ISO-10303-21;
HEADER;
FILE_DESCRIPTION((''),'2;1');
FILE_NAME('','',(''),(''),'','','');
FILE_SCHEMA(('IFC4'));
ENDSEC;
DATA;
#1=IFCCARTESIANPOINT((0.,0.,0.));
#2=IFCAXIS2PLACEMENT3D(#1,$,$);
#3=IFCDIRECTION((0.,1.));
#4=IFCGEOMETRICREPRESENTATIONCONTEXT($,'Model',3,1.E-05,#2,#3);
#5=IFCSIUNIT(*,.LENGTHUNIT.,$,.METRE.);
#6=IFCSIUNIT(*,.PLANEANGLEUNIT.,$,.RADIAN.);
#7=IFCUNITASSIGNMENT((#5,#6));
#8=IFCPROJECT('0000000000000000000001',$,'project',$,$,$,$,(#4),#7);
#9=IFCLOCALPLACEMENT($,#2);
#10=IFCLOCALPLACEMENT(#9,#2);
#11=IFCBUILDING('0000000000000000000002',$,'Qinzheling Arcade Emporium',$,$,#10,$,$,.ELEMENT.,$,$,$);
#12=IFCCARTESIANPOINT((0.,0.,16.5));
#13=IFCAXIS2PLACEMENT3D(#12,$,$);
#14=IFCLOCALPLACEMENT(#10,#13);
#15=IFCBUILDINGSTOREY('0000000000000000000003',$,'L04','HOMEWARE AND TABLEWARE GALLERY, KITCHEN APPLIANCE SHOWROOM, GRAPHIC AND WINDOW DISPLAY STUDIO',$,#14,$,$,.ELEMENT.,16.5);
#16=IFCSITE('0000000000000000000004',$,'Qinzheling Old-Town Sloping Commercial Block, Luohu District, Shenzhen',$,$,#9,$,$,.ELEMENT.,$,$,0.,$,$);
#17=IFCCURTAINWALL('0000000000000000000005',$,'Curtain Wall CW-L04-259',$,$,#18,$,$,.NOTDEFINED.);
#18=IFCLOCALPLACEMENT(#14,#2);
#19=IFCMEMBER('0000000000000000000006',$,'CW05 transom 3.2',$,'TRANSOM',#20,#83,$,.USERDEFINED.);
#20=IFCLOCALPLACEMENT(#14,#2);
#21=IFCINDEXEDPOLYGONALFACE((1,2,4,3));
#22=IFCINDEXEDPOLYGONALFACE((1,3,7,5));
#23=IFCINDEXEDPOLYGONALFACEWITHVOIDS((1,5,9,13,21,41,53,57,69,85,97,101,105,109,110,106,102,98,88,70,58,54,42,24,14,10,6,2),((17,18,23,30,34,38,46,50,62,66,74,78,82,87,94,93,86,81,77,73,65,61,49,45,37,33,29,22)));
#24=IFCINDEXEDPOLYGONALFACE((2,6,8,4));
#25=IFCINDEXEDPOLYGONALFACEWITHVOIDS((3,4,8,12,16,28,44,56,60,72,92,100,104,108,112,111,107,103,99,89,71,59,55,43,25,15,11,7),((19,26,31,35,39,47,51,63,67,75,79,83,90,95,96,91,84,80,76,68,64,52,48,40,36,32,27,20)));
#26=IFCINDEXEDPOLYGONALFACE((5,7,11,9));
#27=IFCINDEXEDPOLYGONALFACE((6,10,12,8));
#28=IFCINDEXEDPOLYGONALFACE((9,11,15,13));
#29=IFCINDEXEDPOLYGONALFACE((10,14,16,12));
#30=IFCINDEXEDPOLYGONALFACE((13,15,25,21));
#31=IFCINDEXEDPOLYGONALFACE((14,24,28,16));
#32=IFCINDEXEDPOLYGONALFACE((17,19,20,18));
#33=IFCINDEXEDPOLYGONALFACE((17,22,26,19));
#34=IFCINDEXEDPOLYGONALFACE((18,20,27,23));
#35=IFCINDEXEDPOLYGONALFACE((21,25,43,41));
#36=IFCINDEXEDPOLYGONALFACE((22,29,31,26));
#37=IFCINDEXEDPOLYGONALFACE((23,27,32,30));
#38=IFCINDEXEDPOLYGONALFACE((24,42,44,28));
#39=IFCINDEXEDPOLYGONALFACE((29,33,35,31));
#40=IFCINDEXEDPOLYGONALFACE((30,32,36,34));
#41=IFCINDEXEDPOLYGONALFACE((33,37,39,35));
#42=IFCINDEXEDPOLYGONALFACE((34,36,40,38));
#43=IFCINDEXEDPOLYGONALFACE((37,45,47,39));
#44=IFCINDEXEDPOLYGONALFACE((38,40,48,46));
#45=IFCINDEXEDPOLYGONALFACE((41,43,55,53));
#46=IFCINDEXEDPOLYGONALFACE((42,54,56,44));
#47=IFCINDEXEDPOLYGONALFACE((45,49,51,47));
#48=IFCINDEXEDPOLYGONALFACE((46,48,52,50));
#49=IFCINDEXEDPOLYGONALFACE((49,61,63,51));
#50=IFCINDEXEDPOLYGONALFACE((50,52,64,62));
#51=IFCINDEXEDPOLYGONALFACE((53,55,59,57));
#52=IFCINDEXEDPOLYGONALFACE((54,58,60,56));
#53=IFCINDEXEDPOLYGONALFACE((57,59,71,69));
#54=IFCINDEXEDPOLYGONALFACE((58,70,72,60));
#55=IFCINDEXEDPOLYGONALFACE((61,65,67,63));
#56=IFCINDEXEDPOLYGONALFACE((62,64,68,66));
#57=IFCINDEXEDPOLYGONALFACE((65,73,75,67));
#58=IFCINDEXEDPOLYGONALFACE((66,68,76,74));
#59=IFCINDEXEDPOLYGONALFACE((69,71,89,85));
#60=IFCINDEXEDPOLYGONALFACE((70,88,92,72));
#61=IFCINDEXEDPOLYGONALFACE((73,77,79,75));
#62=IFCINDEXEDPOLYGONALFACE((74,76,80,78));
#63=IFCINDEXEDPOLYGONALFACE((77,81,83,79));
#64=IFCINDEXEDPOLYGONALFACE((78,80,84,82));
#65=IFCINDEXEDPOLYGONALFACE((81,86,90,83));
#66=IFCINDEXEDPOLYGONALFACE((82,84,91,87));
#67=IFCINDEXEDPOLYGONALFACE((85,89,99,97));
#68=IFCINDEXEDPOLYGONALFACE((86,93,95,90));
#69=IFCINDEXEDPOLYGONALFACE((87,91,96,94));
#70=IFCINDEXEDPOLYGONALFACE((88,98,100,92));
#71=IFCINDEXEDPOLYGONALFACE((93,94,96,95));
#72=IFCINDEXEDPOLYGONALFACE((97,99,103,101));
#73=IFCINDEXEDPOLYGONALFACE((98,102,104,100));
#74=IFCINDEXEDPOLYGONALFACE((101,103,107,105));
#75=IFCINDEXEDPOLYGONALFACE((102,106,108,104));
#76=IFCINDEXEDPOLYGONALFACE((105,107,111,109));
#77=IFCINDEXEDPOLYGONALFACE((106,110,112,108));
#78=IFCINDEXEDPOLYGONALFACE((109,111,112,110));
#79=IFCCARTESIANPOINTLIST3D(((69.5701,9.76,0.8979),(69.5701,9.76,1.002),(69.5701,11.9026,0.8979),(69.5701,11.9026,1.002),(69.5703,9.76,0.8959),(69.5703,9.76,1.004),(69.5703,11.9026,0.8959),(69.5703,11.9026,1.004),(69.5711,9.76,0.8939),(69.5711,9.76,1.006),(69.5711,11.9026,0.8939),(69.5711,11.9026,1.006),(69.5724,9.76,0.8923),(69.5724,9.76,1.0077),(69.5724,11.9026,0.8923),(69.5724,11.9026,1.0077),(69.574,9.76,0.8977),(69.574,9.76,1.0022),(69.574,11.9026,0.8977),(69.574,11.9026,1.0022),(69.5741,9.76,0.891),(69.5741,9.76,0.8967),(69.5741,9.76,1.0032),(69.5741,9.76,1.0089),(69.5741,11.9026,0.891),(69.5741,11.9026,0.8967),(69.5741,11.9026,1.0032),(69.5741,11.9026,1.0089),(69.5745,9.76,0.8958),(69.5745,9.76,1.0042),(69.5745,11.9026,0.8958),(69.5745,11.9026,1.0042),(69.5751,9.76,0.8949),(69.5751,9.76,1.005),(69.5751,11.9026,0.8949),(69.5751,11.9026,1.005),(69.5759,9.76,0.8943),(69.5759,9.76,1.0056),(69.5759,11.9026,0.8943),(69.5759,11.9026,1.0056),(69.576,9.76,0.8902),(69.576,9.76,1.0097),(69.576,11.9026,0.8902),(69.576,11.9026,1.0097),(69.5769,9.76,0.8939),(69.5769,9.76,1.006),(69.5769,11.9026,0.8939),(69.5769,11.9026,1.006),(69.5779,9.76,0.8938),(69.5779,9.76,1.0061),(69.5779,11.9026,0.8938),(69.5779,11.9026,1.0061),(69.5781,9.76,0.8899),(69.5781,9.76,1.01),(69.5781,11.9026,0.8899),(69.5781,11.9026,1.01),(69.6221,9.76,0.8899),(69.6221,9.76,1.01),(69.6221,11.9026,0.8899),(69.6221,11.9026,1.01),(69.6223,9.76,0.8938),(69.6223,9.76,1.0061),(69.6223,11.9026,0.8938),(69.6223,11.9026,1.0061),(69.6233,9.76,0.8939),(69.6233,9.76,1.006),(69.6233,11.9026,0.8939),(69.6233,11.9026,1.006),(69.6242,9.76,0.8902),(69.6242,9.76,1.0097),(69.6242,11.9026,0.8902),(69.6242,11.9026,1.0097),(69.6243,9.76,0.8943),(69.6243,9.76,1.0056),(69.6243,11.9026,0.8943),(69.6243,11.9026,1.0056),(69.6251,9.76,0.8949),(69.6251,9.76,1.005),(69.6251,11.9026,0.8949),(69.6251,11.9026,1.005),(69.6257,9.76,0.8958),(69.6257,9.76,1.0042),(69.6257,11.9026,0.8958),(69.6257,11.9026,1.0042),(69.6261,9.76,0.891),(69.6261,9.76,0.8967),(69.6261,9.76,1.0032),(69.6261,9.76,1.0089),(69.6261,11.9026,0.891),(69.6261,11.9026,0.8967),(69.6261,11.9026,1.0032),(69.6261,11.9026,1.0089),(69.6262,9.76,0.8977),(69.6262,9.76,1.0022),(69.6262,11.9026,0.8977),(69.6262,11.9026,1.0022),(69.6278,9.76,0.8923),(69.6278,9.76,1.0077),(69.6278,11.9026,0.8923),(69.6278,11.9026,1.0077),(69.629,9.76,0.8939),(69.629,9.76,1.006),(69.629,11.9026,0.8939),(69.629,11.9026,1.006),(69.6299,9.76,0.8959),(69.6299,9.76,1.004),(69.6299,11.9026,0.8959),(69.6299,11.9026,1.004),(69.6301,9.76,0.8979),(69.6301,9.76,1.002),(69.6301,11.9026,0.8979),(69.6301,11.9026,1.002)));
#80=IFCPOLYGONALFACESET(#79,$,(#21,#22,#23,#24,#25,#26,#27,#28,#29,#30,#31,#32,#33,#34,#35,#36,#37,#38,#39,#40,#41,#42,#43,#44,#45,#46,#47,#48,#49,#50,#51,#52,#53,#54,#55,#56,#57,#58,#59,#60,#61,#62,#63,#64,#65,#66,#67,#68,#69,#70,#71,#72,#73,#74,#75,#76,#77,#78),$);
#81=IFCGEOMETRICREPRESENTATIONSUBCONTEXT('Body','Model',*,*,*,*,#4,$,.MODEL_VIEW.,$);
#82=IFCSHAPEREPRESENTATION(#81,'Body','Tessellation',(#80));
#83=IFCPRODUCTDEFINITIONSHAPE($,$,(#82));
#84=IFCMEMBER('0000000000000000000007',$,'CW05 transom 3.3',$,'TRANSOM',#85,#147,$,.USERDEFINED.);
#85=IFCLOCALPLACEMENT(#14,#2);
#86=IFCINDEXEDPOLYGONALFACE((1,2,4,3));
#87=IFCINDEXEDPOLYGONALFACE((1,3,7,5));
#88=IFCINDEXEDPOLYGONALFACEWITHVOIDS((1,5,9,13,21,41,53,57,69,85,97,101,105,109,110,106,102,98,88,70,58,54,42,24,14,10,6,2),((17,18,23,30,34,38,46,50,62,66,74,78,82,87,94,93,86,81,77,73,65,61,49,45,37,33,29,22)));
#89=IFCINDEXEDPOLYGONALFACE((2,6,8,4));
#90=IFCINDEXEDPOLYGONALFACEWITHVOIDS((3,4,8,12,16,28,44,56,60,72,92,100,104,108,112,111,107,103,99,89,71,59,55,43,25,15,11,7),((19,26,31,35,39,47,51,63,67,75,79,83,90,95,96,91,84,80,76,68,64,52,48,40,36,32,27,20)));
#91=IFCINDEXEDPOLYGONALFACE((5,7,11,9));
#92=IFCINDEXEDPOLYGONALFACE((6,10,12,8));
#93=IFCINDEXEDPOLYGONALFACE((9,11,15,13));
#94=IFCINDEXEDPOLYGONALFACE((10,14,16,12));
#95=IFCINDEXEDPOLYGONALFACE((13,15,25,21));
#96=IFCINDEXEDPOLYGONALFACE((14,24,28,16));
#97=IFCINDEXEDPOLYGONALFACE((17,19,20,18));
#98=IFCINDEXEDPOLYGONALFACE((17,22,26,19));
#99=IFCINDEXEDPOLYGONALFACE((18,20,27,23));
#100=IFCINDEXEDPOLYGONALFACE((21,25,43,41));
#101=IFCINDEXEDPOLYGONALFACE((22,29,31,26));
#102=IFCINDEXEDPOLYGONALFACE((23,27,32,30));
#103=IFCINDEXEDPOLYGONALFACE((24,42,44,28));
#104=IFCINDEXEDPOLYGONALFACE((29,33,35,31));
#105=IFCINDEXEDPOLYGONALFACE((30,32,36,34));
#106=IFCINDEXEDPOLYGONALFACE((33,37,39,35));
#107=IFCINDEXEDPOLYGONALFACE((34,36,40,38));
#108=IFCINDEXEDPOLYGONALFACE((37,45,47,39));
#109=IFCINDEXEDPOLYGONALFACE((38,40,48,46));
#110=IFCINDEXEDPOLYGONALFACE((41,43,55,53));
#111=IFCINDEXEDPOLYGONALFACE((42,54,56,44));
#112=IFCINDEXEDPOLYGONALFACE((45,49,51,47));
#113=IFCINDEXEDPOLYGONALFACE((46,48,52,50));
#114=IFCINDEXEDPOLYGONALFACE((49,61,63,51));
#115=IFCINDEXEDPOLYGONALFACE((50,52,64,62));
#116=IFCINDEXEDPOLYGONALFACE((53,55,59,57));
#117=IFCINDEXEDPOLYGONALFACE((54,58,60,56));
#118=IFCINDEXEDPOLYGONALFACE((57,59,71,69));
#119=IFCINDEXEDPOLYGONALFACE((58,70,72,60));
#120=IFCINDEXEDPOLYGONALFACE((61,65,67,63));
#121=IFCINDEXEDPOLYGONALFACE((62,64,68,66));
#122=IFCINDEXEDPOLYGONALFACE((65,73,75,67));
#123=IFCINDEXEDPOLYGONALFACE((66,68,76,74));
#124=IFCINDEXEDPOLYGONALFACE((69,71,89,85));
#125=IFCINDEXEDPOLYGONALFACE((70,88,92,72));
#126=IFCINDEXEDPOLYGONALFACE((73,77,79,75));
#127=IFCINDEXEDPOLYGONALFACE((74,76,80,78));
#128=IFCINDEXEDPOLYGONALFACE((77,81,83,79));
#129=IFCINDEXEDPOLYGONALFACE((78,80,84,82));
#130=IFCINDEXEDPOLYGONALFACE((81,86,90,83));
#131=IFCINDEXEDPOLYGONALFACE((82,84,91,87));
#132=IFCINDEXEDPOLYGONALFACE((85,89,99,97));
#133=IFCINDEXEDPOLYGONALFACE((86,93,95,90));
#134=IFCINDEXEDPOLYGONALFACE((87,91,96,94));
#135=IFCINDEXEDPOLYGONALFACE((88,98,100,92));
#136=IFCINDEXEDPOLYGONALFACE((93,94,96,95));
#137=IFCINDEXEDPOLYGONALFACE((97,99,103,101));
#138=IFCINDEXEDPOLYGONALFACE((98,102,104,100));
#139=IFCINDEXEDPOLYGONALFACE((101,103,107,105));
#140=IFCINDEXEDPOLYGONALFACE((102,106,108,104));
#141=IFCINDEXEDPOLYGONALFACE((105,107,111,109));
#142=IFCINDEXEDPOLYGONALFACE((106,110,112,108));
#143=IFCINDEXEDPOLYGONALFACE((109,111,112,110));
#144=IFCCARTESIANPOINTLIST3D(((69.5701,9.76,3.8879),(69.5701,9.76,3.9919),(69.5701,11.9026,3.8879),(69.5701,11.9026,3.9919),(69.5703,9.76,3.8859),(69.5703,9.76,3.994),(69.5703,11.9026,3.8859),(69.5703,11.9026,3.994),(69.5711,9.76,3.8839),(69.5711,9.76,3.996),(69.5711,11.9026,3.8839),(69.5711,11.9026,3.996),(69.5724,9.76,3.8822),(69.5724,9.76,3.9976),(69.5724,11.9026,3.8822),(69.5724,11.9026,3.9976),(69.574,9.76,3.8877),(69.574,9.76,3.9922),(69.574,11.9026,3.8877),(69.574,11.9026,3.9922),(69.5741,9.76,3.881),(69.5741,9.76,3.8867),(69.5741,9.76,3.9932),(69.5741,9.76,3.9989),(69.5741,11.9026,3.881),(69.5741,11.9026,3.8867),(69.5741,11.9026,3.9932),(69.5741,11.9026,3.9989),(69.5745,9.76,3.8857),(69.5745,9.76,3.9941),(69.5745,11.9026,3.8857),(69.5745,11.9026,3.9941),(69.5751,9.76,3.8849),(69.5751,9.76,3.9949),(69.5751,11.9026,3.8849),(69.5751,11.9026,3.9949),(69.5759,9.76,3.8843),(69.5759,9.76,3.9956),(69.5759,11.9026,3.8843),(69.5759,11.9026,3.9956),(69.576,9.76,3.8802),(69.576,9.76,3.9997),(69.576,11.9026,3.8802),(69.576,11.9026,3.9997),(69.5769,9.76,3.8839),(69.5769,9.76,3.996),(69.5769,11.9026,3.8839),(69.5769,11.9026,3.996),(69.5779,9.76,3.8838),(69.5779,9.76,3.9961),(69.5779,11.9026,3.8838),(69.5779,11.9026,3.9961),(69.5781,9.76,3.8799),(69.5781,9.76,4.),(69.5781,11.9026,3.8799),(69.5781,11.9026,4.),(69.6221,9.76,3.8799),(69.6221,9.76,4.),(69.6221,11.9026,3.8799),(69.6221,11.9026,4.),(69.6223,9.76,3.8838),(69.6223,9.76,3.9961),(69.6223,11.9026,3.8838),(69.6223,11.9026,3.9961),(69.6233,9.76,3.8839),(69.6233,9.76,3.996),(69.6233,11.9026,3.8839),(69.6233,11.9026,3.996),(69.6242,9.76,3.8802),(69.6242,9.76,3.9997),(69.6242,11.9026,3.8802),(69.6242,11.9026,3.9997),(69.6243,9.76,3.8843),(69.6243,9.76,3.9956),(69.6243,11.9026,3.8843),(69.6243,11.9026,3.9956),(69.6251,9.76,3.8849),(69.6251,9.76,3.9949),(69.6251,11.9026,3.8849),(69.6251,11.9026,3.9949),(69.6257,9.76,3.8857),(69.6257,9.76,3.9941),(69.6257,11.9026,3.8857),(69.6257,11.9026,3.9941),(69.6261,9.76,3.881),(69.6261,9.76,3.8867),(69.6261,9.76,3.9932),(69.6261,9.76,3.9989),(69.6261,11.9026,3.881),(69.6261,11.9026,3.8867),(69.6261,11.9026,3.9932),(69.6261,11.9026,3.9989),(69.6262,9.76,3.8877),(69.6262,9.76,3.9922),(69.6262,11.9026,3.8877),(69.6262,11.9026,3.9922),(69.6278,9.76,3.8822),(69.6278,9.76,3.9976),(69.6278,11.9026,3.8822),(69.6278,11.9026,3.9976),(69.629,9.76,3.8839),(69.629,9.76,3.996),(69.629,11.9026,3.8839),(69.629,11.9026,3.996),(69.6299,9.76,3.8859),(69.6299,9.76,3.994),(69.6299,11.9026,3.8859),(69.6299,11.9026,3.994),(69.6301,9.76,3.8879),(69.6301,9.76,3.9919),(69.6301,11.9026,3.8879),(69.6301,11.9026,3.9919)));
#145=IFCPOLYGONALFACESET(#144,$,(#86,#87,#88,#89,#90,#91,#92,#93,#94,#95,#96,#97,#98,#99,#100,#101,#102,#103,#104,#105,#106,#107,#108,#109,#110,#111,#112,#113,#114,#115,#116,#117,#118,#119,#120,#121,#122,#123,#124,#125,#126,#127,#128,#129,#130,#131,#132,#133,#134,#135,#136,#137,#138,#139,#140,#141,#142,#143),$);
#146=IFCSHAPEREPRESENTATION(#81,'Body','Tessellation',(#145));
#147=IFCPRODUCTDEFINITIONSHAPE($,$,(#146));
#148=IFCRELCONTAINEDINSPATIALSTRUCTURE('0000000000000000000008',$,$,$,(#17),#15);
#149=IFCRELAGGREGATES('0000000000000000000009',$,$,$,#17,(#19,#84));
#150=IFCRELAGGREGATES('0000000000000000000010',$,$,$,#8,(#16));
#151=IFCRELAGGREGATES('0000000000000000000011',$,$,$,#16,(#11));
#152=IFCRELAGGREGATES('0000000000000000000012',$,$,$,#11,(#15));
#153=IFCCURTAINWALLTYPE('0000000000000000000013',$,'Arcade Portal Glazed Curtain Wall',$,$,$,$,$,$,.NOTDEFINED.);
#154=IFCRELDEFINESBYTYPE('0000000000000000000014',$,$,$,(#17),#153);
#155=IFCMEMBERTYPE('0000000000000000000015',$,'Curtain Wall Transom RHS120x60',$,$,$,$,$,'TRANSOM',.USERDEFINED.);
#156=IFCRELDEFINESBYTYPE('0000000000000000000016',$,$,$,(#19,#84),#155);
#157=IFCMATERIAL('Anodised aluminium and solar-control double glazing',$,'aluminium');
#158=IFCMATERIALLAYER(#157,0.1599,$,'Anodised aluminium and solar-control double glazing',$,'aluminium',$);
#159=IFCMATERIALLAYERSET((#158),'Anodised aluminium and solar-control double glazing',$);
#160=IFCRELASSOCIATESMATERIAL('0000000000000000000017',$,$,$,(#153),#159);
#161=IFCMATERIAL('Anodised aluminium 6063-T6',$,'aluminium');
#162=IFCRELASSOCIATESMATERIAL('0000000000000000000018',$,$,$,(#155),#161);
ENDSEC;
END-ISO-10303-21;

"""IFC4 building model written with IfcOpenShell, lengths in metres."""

from ifc_helpers import new_model, si_unit, direction, frame, origin, origin_2d, place, context, subcontext, project, spatial, hollow_rectangle, extrude, material, layer, layer_set, material_profile, profile_set, type_object, element, aggregate, save


model = new_model("IFC4")

# Units and contexts
model_context = context("Model", 3, precision=1e-05, world=origin(), true_north=direction((0.0, 1.0)))
body_context = subcontext(model_context, "Body", "Model", "MODEL_VIEW")
ifc_project = project(units=[si_unit("LENGTHUNIT", "METRE"), si_unit("PLANEANGLEUNIT", "RADIAN")], contexts=[model_context])

# Site, building, storey
site_placement = place(None, origin())
site = spatial("IfcSite", under=ifc_project, at=site_placement, Name="Qinzheling Old-Town Sloping Commercial Block, Luohu District, Shenzhen", CompositionType="ELEMENT", RefElevation=0.0)
building_placement = place(site_placement, origin())
building = spatial("IfcBuilding", under=site, at=building_placement, Name="Qinzheling Arcade Emporium", CompositionType="ELEMENT")
storey_placement = place(building_placement, frame((0.0, 0.0, 16.5)))
storey = spatial("IfcBuildingStorey", under=building, at=storey_placement, Name="L04", Description="HOMEWARE AND TABLEWARE GALLERY, KITCHEN APPLIANCE SHOWROOM, GRAPHIC AND WINDOW DISPLAY STUDIO", CompositionType="ELEMENT", Elevation=16.5)

# Curtain wall, members
ifc_material_1 = material(Name="Anodised aluminium and solar-control double glazing", Category="aluminium")
ifc_layer_1 = layer(ifc_material_1, 0.1599, Name="Anodised aluminium and solar-control double glazing", Category="aluminium")
ifc_layer_set_1 = layer_set([ifc_layer_1], Name="Anodised aluminium and solar-control double glazing")
curtain_wall_type = type_object("IfcCurtainWallType", Name="Arcade Portal Glazed Curtain Wall", PredefinedType="NOTDEFINED", material=ifc_layer_set_1)
curtain_wall_placement = place(storey_placement, origin())
curtain_wall = element("IfcCurtainWall", 1, at=curtain_wall_placement, inside=storey, type_object=curtain_wall_type, Name="Curtain Wall CW-L04-259", PredefinedType="NOTDEFINED")
ifc_material_2 = material(Name="Anodised aluminium 6063-T6", Category="aluminium")
ifc_material_profile_1 = material_profile(ifc_material_2, hollow_rectangle(XDim=0.0601, YDim=0.1201, WallThickness=0.0039, InnerFilletRadius=0.0039, OuterFilletRadius=0.0081, at=origin_2d()), Name="RHS 120x60x4", Category="aluminium")
ifc_profile_set_1 = profile_set([ifc_material_profile_1], Name="Anodised aluminium 6063-T6")
member_type_1 = type_object("IfcMemberType", Name="Curtain Wall Transom RHS120x60", ElementType="TRANSOM", PredefinedType="USERDEFINED", material=ifc_profile_set_1)
member_1_placement = place(storey_placement, frame((69.6001, 11.9026, 0.95), z_axis=(0.0, -1.0, 0.0), x_axis=(1.0, 0.0, 0.0)))
member_1 = element("IfcMember", 2, at=member_1_placement, type_object=member_type_1, Name="CW05 transom 3.2", ObjectType="TRANSOM", PredefinedType="USERDEFINED", context=body_context, shape_type="SweptSolid", body=[
    extrude(hollow_rectangle(XDim=0.0601, YDim=0.1201, WallThickness=0.0039, InnerFilletRadius=0.0039, OuterFilletRadius=0.0081, at=origin_2d()), origin(), (0.0, 0.0, 1.0), 2.1426),
])
member_2_placement = place(storey_placement, frame((69.6001, 11.9026, 3.9399), z_axis=(0.0, -1.0, 0.0), x_axis=(1.0, 0.0, 0.0)))
member_2 = element("IfcMember", 3, at=member_2_placement, type_object=member_type_1, Name="CW05 transom 3.3", ObjectType="TRANSOM", PredefinedType="USERDEFINED", context=body_context, shape_type="SweptSolid", body=[
    extrude(hollow_rectangle(XDim=0.0601, YDim=0.1201, WallThickness=0.0039, InnerFilletRadius=0.0039, OuterFilletRadius=0.0081, at=origin_2d()), origin(), (0.0, 0.0, 1.0), 2.1426),
])
aggregate(curtain_wall, [member_1, member_2])

save(model, "model.ifc")
